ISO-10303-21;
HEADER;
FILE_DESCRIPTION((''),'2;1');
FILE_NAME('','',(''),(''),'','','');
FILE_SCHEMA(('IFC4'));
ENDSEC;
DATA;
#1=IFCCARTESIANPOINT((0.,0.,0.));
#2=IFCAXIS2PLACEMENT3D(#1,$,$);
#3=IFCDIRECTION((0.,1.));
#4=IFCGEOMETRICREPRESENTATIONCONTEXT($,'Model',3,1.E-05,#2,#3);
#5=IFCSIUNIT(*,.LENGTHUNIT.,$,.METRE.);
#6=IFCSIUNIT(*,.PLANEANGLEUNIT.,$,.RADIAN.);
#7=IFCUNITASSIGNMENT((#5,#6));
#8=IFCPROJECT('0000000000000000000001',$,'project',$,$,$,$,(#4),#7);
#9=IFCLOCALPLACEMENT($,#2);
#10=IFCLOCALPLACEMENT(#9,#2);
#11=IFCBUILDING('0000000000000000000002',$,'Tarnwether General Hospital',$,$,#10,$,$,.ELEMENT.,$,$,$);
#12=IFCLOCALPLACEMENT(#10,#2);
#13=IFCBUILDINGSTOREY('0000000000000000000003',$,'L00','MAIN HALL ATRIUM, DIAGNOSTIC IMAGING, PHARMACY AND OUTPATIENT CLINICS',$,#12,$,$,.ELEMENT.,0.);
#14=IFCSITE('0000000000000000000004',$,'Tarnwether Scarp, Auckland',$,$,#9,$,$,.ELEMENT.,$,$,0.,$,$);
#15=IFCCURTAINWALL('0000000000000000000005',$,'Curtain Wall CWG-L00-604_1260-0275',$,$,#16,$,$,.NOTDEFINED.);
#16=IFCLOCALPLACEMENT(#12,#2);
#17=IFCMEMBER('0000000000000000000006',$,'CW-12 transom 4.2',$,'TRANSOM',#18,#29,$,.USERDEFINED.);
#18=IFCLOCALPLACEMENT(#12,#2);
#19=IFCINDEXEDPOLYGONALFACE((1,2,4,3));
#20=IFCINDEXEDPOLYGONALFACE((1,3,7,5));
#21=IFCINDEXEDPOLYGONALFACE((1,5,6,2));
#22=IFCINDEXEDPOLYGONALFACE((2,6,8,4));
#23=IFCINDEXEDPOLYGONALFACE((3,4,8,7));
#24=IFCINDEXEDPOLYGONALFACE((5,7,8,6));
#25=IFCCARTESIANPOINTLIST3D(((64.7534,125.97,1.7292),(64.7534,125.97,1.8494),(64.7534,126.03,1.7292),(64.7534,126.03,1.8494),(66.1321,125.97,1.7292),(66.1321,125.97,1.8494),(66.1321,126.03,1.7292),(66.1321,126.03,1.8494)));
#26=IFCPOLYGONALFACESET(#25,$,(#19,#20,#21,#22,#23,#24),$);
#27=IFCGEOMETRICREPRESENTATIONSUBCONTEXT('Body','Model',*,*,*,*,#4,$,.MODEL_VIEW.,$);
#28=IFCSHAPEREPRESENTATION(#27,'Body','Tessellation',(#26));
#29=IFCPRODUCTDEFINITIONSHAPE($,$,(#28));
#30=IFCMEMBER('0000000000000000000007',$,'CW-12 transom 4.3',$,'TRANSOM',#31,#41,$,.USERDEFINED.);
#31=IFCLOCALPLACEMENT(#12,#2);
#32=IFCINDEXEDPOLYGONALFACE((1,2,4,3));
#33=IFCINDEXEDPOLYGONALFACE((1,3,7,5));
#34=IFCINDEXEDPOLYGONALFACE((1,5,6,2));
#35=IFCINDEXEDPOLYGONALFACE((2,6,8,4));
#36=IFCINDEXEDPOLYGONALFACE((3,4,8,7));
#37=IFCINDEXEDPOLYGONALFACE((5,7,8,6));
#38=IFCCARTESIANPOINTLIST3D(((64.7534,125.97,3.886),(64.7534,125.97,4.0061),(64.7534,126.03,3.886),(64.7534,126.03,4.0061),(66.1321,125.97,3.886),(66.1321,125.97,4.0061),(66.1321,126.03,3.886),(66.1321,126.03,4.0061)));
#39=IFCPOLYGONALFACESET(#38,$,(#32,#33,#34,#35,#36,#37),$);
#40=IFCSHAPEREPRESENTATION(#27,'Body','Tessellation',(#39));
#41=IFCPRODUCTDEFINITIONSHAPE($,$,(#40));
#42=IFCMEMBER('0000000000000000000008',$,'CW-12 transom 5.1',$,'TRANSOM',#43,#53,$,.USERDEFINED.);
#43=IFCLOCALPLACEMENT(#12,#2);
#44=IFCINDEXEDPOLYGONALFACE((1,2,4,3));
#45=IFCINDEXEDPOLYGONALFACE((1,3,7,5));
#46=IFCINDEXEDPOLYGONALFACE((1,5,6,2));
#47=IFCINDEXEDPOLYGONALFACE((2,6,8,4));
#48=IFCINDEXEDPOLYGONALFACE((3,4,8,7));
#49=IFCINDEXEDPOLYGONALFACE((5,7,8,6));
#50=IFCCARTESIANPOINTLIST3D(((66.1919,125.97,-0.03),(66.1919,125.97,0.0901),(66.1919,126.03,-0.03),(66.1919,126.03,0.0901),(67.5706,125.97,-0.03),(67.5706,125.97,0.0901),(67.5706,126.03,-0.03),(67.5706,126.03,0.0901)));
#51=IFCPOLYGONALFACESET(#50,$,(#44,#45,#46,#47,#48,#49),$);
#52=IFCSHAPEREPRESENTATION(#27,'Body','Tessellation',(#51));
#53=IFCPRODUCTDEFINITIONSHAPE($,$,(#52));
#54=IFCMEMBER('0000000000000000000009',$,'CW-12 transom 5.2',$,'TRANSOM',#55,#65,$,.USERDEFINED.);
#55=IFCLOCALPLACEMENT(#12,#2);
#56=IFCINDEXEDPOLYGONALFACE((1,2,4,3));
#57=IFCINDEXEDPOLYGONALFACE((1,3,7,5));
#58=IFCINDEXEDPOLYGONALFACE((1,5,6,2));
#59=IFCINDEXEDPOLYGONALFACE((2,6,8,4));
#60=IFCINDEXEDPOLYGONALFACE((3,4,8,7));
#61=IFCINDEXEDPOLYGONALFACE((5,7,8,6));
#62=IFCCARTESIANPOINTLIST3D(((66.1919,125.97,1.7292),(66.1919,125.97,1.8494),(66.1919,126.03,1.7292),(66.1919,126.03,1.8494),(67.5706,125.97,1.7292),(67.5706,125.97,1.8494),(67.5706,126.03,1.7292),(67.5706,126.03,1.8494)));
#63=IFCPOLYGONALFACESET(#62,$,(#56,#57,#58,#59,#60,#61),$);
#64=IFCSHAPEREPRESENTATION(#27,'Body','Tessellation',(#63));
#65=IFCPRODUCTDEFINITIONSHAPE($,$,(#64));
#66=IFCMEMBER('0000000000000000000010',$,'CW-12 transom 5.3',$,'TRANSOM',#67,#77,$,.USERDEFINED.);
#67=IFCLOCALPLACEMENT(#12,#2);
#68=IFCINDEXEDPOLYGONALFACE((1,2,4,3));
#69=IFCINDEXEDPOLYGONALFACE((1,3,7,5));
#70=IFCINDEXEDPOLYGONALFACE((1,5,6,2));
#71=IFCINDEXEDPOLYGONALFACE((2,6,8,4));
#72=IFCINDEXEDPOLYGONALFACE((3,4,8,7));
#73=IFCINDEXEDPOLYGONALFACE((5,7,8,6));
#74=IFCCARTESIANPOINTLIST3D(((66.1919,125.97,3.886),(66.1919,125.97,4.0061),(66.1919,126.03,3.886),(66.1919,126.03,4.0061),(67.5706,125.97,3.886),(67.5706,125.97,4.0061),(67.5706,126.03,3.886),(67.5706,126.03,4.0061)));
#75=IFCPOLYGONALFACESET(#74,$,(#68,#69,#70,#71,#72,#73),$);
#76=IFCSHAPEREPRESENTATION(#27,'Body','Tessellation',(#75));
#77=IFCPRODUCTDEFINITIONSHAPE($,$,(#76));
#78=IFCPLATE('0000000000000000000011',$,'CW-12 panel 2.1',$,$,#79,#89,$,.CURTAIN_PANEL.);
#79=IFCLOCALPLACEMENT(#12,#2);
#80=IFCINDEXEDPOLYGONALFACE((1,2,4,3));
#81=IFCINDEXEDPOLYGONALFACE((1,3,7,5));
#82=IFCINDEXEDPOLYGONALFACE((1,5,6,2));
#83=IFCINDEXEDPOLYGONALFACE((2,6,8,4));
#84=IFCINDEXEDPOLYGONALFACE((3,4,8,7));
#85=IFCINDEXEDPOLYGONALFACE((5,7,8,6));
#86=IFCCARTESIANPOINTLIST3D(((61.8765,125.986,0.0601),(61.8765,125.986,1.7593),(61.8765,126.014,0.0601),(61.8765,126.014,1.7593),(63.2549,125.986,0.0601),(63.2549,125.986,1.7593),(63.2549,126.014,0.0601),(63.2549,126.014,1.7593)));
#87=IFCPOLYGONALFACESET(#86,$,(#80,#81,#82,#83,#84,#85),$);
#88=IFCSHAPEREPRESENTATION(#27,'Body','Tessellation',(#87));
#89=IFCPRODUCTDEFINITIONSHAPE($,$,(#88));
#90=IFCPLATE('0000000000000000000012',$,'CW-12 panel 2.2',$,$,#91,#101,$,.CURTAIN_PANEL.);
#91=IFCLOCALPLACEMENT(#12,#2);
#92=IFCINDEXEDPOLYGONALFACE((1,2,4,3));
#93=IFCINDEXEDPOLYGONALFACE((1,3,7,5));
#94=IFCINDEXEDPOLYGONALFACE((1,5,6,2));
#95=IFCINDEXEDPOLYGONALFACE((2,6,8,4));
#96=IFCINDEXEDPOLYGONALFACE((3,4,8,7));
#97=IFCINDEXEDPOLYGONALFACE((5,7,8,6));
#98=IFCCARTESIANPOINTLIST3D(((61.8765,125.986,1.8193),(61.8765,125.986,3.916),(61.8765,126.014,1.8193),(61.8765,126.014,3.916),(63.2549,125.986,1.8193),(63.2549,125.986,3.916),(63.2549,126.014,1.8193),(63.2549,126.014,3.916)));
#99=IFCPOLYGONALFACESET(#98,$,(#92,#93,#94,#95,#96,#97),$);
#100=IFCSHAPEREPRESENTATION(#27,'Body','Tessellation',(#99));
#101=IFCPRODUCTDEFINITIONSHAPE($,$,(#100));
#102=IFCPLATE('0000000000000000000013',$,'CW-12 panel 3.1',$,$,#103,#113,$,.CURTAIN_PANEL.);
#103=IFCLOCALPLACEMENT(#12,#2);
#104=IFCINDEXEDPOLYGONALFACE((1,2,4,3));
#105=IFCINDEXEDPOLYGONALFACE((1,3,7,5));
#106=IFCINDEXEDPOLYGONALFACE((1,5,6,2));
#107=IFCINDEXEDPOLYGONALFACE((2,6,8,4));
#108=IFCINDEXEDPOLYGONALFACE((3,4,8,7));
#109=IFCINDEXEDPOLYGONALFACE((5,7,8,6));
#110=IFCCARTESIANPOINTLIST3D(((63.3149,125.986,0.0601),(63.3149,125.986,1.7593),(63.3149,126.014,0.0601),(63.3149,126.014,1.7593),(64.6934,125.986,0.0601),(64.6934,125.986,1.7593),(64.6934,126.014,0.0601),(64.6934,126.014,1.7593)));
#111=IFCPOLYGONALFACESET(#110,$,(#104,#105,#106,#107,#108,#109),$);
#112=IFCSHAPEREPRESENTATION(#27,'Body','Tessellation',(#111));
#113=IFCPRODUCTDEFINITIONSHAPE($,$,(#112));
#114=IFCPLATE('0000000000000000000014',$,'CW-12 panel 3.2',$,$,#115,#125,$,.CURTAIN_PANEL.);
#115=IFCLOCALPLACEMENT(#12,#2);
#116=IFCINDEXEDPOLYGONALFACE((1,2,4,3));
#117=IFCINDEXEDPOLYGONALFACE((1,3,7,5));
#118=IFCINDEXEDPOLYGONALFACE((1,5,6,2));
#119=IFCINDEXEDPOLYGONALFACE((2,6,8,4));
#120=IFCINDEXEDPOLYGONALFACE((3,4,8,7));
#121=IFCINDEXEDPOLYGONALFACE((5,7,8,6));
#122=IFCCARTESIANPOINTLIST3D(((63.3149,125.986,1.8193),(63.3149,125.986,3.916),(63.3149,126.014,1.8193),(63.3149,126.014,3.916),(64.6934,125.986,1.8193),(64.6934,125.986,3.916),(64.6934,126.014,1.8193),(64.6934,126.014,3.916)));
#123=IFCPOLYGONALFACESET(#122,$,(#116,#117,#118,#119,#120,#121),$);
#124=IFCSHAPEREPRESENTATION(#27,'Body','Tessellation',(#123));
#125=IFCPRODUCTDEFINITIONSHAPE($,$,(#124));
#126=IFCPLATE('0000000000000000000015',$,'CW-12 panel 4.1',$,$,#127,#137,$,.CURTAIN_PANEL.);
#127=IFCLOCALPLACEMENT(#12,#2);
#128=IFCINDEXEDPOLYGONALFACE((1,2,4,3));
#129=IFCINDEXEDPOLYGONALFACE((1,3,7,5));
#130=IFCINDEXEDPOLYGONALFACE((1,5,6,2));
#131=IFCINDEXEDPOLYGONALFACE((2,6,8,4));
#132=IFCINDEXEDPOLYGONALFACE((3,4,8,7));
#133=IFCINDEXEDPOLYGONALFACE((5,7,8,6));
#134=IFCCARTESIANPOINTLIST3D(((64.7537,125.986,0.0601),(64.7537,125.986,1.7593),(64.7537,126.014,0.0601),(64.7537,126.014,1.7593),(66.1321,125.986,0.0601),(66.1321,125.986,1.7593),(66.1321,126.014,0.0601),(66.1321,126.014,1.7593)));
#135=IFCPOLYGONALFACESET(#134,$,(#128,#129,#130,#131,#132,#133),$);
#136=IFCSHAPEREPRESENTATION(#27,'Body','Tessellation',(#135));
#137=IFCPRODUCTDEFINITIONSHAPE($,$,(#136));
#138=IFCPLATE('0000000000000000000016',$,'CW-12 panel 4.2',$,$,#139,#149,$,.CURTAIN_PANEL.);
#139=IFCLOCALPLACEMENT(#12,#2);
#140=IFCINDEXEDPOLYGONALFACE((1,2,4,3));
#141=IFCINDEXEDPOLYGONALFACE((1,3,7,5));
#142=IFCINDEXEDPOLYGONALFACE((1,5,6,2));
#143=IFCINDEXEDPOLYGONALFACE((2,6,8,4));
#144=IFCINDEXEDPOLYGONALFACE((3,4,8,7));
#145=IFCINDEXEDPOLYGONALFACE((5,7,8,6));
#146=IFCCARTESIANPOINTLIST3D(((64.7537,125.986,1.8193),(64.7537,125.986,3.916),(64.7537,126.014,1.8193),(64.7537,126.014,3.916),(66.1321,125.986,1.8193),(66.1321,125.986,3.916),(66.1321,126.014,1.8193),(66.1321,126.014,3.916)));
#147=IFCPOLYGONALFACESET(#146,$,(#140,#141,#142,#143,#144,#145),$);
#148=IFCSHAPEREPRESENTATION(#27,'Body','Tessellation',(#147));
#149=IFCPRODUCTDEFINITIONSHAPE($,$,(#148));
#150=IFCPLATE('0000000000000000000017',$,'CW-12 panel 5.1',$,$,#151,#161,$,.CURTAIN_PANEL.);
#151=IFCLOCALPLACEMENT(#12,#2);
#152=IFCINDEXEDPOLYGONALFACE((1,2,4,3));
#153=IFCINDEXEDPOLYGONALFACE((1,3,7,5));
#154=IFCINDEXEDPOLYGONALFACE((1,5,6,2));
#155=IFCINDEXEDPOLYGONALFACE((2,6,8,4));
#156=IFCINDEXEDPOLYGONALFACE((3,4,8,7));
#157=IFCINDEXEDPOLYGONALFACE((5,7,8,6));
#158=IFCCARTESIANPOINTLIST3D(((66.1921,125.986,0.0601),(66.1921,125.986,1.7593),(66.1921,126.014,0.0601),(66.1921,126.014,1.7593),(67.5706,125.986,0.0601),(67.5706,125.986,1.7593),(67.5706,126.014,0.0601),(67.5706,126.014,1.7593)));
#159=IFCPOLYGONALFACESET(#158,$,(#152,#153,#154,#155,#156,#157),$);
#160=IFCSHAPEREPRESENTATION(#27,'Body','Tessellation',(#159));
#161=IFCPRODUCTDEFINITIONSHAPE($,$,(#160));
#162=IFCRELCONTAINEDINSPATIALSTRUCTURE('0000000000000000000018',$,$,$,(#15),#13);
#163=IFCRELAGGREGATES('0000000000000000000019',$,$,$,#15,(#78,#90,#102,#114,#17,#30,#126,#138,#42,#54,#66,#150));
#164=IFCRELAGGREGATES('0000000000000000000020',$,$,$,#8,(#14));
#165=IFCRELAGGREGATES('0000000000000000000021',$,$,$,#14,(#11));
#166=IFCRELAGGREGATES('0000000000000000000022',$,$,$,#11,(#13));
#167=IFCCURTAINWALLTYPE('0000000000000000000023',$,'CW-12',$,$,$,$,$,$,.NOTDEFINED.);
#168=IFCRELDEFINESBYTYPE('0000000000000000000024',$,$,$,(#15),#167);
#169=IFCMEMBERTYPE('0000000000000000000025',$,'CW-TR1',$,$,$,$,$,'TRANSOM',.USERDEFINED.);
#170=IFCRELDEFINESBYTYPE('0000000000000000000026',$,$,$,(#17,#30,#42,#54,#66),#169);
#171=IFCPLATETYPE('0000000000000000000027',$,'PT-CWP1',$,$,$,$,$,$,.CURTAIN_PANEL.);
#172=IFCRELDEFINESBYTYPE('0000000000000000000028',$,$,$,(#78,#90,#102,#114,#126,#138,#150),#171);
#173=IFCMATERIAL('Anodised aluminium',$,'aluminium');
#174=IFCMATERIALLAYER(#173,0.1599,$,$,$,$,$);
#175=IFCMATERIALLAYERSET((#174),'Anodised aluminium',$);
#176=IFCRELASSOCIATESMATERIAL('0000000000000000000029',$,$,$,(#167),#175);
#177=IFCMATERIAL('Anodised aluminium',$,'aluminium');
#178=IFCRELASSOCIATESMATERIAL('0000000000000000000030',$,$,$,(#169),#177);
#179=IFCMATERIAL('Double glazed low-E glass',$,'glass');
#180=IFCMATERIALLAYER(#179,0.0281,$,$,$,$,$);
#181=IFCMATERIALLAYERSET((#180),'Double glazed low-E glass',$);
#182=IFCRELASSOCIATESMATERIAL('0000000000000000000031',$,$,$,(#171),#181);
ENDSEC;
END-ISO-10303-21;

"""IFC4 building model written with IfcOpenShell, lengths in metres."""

from ifc_helpers import new_model, si_unit, direction, frame, origin, origin_2d, place, context, subcontext, project, spatial, rectangle, extrude, material, layer, layer_set, material_profile, profile_set, type_object, element, aggregate, save


model = new_model("IFC4")

# Units and contexts
model_context = context("Model", 3, precision=1e-05, world=origin(), true_north=direction((0.0, 1.0)))
body_context = subcontext(model_context, "Body", "Model", "MODEL_VIEW")
ifc_project = project(units=[si_unit("LENGTHUNIT", "METRE"), si_unit("PLANEANGLEUNIT", "RADIAN")], contexts=[model_context])

# Site, building, storey
site_placement = place(None, origin())
site = spatial("IfcSite", under=ifc_project, at=site_placement, Name="Tarnwether Scarp, Auckland", CompositionType="ELEMENT", RefElevation=0.0)
building_placement = place(site_placement, origin())
building = spatial("IfcBuilding", under=site, at=building_placement, Name="Tarnwether General Hospital", CompositionType="ELEMENT")
storey_placement = place(building_placement, origin())
storey = spatial("IfcBuildingStorey", under=building, at=storey_placement, Name="L00", Description="MAIN HALL ATRIUM, DIAGNOSTIC IMAGING, PHARMACY AND OUTPATIENT CLINICS", CompositionType="ELEMENT", Elevation=0.0)

# Curtain wall, members, plates
ifc_material_1 = material(Name="Anodised aluminium", Category="aluminium")
ifc_layer_1 = layer(ifc_material_1, 0.1599)
ifc_layer_set_1 = layer_set([ifc_layer_1], Name="Anodised aluminium")
curtain_wall_type = type_object("IfcCurtainWallType", Name="CW-12", PredefinedType="NOTDEFINED", material=ifc_layer_set_1)
curtain_wall_placement = place(storey_placement, origin())
curtain_wall = element("IfcCurtainWall", 1, at=curtain_wall_placement, inside=storey, type_object=curtain_wall_type, Name="Curtain Wall CWG-L00-604_1260-0275", PredefinedType="NOTDEFINED")
ifc_material_2 = material(Name="Anodised aluminium", Category="aluminium")
ifc_material_profile_1 = material_profile(ifc_material_2, rectangle(XDim=0.0601, YDim=0.1201, at=origin_2d()), Name="ALU-TRN-60x120")
ifc_profile_set_1 = profile_set([ifc_material_profile_1], Name="Anodised aluminium")
member_type_1 = type_object("IfcMemberType", Name="CW-TR1", ElementType="TRANSOM", PredefinedType="USERDEFINED", material=ifc_profile_set_1)
member_1_placement = place(storey_placement, frame((64.7534, 126.0, 1.7893), z_axis=(1.0, 0.0, 0.0), x_axis=(0.0, 1.0, 0.0)))
member_1 = element("IfcMember", 2, at=member_1_placement, type_object=member_type_1, Name="CW-12 transom 4.2", ObjectType="TRANSOM", PredefinedType="USERDEFINED", context=body_context, shape_type="SweptSolid", body=[
    extrude(rectangle(XDim=0.0601, YDim=0.1201, at=origin_2d()), origin(), (0.0, 0.0, 1.0), 1.3787),
])
member_2_placement = place(storey_placement, frame((64.7534, 126.0, 3.946), z_axis=(1.0, 0.0, 0.0), x_axis=(0.0, 1.0, 0.0)))
member_2 = element("IfcMember", 3, at=member_2_placement, type_object=member_type_1, Name="CW-12 transom 4.3", ObjectType="TRANSOM", PredefinedType="USERDEFINED", context=body_context, shape_type="SweptSolid", body=[
    extrude(rectangle(XDim=0.0601, YDim=0.1201, at=origin_2d()), origin(), (0.0, 0.0, 1.0), 1.3787),
])
member_3_placement = place(storey_placement, frame((66.1919, 126.0, 0.03), z_axis=(1.0, 0.0, 0.0), x_axis=(0.0, 1.0, 0.0)))
member_3 = element("IfcMember", 4, at=member_3_placement, type_object=member_type_1, Name="CW-12 transom 5.1", ObjectType="TRANSOM", PredefinedType="USERDEFINED", context=body_context, shape_type="SweptSolid", body=[
    extrude(rectangle(XDim=0.0601, YDim=0.1201, at=origin_2d()), origin(), (0.0, 0.0, 1.0), 1.3787),
])
member_4_placement = place(storey_placement, frame((66.1919, 126.0, 1.7893), z_axis=(1.0, 0.0, 0.0), x_axis=(0.0, 1.0, 0.0)))
member_4 = element("IfcMember", 5, at=member_4_placement, type_object=member_type_1, Name="CW-12 transom 5.2", ObjectType="TRANSOM", PredefinedType="USERDEFINED", context=body_context, shape_type="SweptSolid", body=[
    extrude(rectangle(XDim=0.0601, YDim=0.1201, at=origin_2d()), origin(), (0.0, 0.0, 1.0), 1.3787),
])
member_5_placement = place(storey_placement, frame((66.1919, 126.0, 3.946), z_axis=(1.0, 0.0, 0.0), x_axis=(0.0, 1.0, 0.0)))
member_5 = element("IfcMember", 6, at=member_5_placement, type_object=member_type_1, Name="CW-12 transom 5.3", ObjectType="TRANSOM", PredefinedType="USERDEFINED", context=body_context, shape_type="SweptSolid", body=[
    extrude(rectangle(XDim=0.0601, YDim=0.1201, at=origin_2d()), origin(), (0.0, 0.0, 1.0), 1.3787),
])
ifc_material_3 = material(Name="Double glazed low-E glass", Category="glass")
ifc_layer_2 = layer(ifc_material_3, 0.0281)
ifc_layer_set_2 = layer_set([ifc_layer_2], Name="Double glazed low-E glass")
plate_type = type_object("IfcPlateType", Name="PT-CWP1", PredefinedType="CURTAIN_PANEL", material=ifc_layer_set_2)
plate_1_placement = place(storey_placement, frame((62.5657, 126.0, 0.0601), z_axis=(0.0, 0.0, 1.0), x_axis=(1.0, 0.0, 0.0)))
plate_1 = element("IfcPlate", 7, at=plate_1_placement, type_object=plate_type, Name="CW-12 panel 2.1", PredefinedType="CURTAIN_PANEL", context=body_context, shape_type="SweptSolid", body=[
    extrude(rectangle(XDim=1.3784, YDim=0.0281, at=origin_2d()), origin(), (0.0, 0.0, 1.0), 1.6992),
])
plate_2_placement = place(storey_placement, frame((62.5657, 126.0, 1.8193), z_axis=(0.0, 0.0, 1.0), x_axis=(1.0, 0.0, 0.0)))
plate_2 = element("IfcPlate", 8, at=plate_2_placement, type_object=plate_type, Name="CW-12 panel 2.2", PredefinedType="CURTAIN_PANEL", context=body_context, shape_type="SweptSolid", body=[
    extrude(rectangle(XDim=1.3784, YDim=0.0281, at=origin_2d()), origin(), (0.0, 0.0, 1.0), 2.0967),
])
plate_3_placement = place(storey_placement, frame((64.0042, 126.0, 0.0601), z_axis=(0.0, 0.0, 1.0), x_axis=(1.0, 0.0, 0.0)))
plate_3 = element("IfcPlate", 9, at=plate_3_placement, type_object=plate_type, Name="CW-12 panel 3.1", PredefinedType="CURTAIN_PANEL", context=body_context, shape_type="SweptSolid", body=[
    extrude(rectangle(XDim=1.3784, YDim=0.0281, at=origin_2d()), origin(), (0.0, 0.0, 1.0), 1.6992),
])
plate_4_placement = place(storey_placement, frame((64.0042, 126.0, 1.8193), z_axis=(0.0, 0.0, 1.0), x_axis=(1.0, 0.0, 0.0)))
plate_4 = element("IfcPlate", 10, at=plate_4_placement, type_object=plate_type, Name="CW-12 panel 3.2", PredefinedType="CURTAIN_PANEL", context=body_context, shape_type="SweptSolid", body=[
    extrude(rectangle(XDim=1.3784, YDim=0.0281, at=origin_2d()), origin(), (0.0, 0.0, 1.0), 2.0967),
])
plate_5_placement = place(storey_placement, frame((65.4429, 126.0, 0.0601), z_axis=(0.0, 0.0, 1.0), x_axis=(1.0, 0.0, 0.0)))
plate_5 = element("IfcPlate", 11, at=plate_5_placement, type_object=plate_type, Name="CW-12 panel 4.1", PredefinedType="CURTAIN_PANEL", context=body_context, shape_type="SweptSolid", body=[
    extrude(rectangle(XDim=1.3784, YDim=0.0281, at=origin_2d()), origin(), (0.0, 0.0, 1.0), 1.6992),
])
plate_6_placement = place(storey_placement, frame((65.4429, 126.0, 1.8193), z_axis=(0.0, 0.0, 1.0), x_axis=(1.0, 0.0, 0.0)))
plate_6 = element("IfcPlate", 12, at=plate_6_placement, type_object=plate_type, Name="CW-12 panel 4.2", PredefinedType="CURTAIN_PANEL", context=body_context, shape_type="SweptSolid", body=[
    extrude(rectangle(XDim=1.3784, YDim=0.0281, at=origin_2d()), origin(), (0.0, 0.0, 1.0), 2.0967),
])
plate_7_placement = place(storey_placement, frame((66.8813, 126.0, 0.0601), z_axis=(0.0, 0.0, 1.0), x_axis=(1.0, 0.0, 0.0)))
plate_7 = element("IfcPlate", 13, at=plate_7_placement, type_object=plate_type, Name="CW-12 panel 5.1", PredefinedType="CURTAIN_PANEL", context=body_context, shape_type="SweptSolid", body=[
    extrude(rectangle(XDim=1.3784, YDim=0.0281, at=origin_2d()), origin(), (0.0, 0.0, 1.0), 1.6992),
])
aggregate(curtain_wall, [plate_1, plate_2, plate_3, plate_4, member_1, member_2, plate_5, plate_6, member_3, member_4, member_5, plate_7])

save(model, "model.ifc")
